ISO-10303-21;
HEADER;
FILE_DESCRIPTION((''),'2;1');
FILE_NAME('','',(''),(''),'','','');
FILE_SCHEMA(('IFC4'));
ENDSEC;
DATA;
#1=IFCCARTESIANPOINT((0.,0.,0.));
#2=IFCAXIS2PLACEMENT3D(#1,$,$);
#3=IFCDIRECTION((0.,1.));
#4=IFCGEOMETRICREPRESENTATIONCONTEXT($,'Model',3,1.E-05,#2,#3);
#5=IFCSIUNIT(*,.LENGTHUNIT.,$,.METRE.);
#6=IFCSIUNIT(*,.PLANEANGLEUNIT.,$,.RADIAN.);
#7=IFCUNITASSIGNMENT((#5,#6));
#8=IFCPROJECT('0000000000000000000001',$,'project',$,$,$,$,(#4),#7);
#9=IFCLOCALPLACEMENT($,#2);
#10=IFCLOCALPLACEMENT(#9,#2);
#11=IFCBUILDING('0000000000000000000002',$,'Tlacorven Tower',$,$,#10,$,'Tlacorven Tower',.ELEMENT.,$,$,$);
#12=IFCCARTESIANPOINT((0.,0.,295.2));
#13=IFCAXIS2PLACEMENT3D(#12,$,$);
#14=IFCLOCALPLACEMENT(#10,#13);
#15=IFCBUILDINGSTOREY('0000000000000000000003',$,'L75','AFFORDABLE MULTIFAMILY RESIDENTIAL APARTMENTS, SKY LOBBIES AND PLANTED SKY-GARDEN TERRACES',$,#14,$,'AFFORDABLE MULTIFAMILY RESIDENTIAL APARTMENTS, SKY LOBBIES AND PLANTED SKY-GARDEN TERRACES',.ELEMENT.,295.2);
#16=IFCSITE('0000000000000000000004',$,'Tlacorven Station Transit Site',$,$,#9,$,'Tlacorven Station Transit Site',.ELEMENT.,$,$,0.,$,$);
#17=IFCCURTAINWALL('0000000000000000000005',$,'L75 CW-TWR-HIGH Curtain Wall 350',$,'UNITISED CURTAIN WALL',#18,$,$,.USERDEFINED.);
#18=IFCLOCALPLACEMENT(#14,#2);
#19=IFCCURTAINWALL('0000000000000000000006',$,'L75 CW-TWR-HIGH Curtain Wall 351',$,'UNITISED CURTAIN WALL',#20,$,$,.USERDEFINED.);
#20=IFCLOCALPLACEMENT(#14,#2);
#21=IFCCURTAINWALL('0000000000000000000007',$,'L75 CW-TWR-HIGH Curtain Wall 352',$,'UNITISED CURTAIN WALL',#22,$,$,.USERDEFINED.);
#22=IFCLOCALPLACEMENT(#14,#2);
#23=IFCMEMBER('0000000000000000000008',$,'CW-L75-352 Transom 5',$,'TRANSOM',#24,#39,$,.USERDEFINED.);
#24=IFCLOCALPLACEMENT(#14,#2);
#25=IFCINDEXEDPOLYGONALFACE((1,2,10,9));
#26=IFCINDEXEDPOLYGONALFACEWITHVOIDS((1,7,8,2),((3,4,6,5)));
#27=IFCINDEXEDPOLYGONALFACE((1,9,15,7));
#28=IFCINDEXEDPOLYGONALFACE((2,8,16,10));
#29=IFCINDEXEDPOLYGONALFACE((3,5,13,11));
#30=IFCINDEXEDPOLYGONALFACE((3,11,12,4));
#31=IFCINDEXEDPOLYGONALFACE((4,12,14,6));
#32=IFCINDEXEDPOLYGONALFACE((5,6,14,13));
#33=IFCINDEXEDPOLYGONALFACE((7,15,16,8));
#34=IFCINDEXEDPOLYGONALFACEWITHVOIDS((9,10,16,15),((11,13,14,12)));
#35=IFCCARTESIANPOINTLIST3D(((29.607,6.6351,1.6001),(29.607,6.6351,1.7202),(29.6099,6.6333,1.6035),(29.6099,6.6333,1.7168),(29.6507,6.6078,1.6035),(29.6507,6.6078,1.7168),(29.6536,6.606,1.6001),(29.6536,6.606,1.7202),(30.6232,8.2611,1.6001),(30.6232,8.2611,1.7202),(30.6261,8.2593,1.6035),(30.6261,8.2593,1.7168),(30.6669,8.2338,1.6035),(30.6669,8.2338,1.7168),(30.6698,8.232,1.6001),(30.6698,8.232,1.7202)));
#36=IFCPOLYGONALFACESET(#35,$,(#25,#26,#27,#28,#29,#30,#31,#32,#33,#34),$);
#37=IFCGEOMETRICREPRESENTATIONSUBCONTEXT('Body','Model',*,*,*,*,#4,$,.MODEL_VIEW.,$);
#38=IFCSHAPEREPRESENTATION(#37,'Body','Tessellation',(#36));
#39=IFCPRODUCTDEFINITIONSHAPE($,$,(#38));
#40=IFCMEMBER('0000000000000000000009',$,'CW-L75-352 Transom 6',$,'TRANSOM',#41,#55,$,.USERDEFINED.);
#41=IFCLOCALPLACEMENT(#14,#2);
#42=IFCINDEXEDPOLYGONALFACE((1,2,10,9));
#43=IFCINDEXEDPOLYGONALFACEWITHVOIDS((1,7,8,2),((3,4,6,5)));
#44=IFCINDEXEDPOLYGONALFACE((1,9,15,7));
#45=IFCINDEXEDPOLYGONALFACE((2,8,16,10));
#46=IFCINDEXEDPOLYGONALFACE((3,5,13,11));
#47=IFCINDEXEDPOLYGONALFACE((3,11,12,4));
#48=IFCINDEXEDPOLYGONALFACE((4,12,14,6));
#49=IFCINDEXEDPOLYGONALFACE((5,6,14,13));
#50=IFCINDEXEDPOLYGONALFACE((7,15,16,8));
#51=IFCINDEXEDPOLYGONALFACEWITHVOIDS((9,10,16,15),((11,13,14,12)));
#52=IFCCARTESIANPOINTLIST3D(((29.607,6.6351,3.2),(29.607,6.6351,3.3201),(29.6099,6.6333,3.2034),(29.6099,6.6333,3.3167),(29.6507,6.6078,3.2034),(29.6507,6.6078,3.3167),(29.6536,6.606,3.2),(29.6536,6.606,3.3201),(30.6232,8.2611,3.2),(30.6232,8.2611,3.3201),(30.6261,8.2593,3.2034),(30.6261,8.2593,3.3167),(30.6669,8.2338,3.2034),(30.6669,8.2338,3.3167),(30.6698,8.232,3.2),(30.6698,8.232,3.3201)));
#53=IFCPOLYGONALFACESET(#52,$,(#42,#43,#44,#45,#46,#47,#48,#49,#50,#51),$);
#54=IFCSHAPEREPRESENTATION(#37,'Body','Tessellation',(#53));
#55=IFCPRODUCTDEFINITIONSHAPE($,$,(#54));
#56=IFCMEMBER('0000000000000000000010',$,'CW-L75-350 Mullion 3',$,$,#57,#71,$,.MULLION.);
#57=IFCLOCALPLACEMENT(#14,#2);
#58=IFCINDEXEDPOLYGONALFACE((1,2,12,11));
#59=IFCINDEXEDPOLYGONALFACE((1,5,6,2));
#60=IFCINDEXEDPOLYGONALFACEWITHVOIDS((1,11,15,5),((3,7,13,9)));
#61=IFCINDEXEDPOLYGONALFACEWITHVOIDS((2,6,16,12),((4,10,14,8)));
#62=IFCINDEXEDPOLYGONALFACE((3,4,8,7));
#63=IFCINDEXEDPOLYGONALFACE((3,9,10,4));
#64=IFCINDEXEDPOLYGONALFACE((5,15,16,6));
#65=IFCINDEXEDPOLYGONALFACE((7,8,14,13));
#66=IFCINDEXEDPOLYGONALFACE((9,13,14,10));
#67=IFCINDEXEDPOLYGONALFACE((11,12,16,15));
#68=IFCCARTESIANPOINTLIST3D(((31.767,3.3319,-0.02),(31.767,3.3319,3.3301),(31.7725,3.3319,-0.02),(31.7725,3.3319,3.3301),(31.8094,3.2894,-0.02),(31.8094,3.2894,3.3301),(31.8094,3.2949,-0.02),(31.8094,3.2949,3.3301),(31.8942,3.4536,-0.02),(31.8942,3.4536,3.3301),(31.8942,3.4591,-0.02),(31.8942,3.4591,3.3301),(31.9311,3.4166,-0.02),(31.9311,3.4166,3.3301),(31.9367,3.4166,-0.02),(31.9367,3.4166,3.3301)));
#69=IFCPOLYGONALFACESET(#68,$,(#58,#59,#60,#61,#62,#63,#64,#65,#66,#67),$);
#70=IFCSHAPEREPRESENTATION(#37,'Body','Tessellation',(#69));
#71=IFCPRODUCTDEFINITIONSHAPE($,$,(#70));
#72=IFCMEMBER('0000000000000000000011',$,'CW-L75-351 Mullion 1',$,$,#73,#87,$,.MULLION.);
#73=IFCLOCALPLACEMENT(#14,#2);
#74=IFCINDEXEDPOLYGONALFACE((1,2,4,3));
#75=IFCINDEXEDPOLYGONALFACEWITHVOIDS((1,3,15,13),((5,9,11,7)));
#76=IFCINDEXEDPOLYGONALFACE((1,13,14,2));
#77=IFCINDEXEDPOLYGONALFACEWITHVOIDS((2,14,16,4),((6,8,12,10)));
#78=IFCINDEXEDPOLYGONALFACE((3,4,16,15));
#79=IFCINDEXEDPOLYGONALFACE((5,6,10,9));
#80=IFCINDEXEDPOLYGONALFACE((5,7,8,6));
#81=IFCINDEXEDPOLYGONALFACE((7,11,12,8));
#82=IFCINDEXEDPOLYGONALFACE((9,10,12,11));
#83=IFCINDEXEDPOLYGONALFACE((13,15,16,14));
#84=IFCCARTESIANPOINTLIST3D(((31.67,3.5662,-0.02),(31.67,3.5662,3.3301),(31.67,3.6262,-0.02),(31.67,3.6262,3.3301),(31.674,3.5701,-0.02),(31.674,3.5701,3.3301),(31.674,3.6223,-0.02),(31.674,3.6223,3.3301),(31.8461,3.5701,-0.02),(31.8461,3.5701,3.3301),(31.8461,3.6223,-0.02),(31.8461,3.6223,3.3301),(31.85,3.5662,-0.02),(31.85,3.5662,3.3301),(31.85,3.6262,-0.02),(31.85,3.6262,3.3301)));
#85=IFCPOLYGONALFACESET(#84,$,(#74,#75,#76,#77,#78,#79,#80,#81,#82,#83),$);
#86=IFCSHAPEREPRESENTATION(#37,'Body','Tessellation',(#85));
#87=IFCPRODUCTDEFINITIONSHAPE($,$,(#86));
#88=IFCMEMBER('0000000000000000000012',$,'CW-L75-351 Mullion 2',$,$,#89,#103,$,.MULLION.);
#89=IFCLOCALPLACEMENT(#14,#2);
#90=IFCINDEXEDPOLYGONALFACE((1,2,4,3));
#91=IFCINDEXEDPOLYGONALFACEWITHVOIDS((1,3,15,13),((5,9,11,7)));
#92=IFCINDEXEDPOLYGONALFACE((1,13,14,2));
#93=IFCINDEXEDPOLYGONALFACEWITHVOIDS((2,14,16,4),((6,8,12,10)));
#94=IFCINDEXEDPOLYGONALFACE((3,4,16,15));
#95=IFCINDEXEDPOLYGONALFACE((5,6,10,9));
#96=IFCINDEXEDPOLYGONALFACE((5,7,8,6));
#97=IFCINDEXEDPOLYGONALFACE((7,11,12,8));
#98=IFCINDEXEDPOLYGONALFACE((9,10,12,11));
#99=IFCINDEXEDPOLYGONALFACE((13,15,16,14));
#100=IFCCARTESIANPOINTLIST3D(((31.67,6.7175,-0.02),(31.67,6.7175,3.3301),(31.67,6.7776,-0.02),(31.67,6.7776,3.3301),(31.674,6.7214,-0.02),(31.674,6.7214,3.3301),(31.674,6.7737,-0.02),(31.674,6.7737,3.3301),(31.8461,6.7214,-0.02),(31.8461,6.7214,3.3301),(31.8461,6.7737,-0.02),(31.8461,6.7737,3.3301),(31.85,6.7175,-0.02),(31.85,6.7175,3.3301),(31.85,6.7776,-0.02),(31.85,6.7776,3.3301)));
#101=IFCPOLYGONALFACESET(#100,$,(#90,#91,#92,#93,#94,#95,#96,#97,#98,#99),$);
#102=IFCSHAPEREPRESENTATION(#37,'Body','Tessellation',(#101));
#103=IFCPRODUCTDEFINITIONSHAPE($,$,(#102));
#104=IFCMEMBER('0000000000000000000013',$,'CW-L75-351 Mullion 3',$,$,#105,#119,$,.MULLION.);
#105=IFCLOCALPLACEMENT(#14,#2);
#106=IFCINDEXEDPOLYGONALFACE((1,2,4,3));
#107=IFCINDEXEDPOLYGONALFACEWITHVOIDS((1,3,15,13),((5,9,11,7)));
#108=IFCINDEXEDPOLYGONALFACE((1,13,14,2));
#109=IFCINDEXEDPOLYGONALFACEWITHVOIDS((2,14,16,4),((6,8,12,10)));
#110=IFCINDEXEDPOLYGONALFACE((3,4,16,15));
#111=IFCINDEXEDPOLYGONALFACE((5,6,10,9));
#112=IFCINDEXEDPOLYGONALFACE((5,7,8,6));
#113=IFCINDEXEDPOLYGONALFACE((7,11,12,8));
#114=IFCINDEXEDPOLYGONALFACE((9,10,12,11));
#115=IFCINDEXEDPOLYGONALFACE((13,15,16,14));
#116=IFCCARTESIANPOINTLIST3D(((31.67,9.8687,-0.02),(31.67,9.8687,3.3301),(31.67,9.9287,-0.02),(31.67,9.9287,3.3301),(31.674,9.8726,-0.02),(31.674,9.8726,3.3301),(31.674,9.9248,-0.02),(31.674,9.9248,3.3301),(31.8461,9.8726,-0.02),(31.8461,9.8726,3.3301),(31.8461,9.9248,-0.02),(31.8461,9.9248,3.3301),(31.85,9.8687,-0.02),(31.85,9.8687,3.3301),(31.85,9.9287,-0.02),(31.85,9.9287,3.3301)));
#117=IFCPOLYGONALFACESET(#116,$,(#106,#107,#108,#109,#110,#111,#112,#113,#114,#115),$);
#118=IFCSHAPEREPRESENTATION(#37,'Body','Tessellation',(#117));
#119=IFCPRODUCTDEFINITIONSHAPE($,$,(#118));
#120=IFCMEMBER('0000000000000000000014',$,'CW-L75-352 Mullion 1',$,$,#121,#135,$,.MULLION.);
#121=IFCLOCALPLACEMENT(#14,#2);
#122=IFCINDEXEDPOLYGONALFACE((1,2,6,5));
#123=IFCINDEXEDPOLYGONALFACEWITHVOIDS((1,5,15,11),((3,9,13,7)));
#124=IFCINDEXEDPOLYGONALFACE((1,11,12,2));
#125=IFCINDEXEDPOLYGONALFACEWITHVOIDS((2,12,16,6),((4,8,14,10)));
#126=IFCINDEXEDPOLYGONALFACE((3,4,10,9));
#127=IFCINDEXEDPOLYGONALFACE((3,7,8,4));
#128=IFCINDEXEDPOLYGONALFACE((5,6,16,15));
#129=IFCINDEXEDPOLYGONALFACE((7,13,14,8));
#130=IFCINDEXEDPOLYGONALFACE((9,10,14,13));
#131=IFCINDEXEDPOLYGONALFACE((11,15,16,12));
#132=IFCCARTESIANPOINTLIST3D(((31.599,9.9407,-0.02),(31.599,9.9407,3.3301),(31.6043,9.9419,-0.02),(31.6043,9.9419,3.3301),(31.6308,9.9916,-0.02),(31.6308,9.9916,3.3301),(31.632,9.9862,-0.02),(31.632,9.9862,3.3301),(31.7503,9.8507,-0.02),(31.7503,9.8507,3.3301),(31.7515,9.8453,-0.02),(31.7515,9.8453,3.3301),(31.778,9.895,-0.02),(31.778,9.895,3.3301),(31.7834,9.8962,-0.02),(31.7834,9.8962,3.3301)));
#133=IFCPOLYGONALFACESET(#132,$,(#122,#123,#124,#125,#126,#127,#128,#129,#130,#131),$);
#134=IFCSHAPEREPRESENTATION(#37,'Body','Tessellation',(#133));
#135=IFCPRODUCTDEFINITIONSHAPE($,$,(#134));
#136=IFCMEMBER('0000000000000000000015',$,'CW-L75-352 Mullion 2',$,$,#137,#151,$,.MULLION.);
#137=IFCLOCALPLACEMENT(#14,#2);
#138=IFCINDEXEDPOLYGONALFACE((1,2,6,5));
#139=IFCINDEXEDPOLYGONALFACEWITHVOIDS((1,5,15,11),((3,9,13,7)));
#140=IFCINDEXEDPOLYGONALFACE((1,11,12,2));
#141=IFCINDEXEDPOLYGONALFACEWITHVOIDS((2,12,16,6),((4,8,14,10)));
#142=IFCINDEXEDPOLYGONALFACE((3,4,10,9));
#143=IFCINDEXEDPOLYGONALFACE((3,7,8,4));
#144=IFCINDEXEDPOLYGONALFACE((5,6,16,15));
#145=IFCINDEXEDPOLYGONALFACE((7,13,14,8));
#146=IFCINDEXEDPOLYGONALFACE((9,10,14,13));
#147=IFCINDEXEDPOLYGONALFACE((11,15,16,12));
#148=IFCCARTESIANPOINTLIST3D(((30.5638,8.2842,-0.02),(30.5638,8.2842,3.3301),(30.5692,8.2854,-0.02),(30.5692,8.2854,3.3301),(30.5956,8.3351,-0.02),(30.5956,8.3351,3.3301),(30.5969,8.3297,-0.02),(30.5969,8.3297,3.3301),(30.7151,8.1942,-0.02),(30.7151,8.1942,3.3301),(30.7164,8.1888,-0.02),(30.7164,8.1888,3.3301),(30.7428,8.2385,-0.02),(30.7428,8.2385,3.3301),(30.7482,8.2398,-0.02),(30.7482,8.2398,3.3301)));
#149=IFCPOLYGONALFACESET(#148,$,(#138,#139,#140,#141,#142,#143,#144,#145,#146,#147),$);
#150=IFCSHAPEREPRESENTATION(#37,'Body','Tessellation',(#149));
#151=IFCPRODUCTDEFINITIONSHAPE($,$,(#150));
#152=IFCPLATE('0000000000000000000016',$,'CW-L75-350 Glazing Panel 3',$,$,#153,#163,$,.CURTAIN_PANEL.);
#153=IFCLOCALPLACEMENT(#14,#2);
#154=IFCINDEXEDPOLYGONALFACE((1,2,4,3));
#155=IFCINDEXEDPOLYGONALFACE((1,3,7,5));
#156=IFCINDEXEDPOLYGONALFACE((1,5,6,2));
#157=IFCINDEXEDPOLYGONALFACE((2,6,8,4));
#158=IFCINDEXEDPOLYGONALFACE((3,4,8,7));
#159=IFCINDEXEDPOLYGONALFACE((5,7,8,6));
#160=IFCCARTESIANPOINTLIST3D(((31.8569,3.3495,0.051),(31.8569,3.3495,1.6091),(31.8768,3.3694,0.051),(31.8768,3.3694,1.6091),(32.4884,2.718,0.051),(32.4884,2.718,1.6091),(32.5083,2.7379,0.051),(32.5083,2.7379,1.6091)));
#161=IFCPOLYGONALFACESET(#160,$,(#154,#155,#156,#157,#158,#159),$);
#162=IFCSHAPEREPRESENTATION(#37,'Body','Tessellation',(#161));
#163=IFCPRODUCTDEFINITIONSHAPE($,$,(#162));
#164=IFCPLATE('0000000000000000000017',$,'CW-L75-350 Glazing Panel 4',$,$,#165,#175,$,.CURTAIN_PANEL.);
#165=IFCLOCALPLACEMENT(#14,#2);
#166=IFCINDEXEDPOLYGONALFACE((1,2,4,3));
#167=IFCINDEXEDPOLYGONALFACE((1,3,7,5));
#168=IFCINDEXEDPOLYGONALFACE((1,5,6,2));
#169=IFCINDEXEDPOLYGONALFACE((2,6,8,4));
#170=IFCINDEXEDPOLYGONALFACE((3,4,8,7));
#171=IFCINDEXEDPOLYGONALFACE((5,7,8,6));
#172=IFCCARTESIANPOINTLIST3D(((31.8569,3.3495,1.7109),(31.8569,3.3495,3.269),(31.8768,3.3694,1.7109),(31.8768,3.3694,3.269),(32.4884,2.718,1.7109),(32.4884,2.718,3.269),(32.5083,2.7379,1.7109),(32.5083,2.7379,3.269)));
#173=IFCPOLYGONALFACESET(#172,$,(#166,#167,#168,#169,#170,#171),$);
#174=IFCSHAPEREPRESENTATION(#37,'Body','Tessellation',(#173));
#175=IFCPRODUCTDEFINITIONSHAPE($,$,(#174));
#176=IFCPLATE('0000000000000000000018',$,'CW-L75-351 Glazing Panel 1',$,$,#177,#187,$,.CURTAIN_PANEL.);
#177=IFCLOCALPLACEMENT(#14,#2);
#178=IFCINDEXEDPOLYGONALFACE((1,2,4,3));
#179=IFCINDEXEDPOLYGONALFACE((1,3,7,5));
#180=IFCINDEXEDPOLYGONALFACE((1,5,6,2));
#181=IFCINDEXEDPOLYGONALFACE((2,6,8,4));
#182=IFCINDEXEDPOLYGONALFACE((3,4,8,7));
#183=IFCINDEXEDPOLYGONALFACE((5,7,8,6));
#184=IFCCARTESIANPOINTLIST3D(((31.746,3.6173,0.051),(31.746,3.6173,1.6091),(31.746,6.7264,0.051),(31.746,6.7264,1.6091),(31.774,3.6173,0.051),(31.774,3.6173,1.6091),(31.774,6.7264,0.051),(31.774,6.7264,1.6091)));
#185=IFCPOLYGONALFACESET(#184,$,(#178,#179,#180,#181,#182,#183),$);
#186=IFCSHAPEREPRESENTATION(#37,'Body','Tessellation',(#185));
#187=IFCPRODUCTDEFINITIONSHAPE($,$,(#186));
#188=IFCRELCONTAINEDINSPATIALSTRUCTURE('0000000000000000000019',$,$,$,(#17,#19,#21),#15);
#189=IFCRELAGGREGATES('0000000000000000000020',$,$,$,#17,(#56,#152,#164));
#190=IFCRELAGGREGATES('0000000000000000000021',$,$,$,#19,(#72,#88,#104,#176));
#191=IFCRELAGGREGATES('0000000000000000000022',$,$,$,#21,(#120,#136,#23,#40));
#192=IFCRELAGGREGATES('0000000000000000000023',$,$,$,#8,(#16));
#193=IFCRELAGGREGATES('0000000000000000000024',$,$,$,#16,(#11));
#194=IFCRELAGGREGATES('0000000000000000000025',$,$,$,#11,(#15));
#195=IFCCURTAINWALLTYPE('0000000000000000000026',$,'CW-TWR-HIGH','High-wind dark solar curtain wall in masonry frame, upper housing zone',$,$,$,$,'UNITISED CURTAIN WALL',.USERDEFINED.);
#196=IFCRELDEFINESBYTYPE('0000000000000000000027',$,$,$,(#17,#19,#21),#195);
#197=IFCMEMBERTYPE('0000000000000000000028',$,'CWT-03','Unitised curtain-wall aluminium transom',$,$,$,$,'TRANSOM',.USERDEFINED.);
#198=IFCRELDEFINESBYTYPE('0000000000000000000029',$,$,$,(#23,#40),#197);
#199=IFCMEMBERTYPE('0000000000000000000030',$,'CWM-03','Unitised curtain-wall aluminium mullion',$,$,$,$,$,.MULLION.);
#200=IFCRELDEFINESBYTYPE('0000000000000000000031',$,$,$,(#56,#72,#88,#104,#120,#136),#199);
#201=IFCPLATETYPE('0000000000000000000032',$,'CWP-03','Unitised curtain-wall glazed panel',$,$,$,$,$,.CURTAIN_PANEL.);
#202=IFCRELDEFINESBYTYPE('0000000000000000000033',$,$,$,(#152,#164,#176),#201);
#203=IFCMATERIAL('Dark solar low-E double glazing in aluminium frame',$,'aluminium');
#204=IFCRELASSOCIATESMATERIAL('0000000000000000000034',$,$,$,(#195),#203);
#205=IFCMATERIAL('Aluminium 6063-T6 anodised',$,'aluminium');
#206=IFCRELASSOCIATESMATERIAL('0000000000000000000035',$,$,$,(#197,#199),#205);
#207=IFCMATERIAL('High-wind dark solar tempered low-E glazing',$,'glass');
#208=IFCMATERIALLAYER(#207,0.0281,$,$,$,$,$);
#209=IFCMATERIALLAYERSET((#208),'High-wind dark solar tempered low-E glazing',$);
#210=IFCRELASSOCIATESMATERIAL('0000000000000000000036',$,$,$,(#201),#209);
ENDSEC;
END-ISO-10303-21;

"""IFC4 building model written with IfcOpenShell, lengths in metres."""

from ifc_helpers import new_model, si_unit, direction, frame, origin, origin_2d, place, context, subcontext, project, spatial, rectangle, hollow_rectangle, extrude, source, transform, mapped, material, layer, layer_set, material_profile, profile_set, type_object, element, aggregate, save


model = new_model("IFC4")

# Units and contexts
model_context = context("Model", 3, precision=1e-05, world=origin(), true_north=direction((0.0, 1.0)))
body_context = subcontext(model_context, "Body", "Model", "MODEL_VIEW")
ifc_project = project(units=[si_unit("LENGTHUNIT", "METRE"), si_unit("PLANEANGLEUNIT", "RADIAN")], contexts=[model_context])

# Site, building, storey
site_placement = place(None, origin())
site = spatial("IfcSite", under=ifc_project, at=site_placement, Name="Tlacorven Station Transit Site", LongName="Tlacorven Station Transit Site", CompositionType="ELEMENT", RefElevation=0.0)
building_placement = place(site_placement, origin())
building = spatial("IfcBuilding", under=site, at=building_placement, Name="Tlacorven Tower", LongName="Tlacorven Tower", CompositionType="ELEMENT")
storey_placement = place(building_placement, frame((0.0, 0.0, 295.2)))
storey = spatial("IfcBuildingStorey", under=building, at=storey_placement, Name="L75", Description="AFFORDABLE MULTIFAMILY RESIDENTIAL APARTMENTS, SKY LOBBIES AND PLANTED SKY-GARDEN TERRACES", LongName="AFFORDABLE MULTIFAMILY RESIDENTIAL APARTMENTS, SKY LOBBIES AND PLANTED SKY-GARDEN TERRACES", CompositionType="ELEMENT", Elevation=295.2)

# Curtain wall
ifc_material_1 = material(Name="Dark solar low-E double glazing in aluminium frame", Category="aluminium")
curtain_wall_type = type_object("IfcCurtainWallType", Name="CW-TWR-HIGH", Description="High-wind dark solar curtain wall in masonry frame, upper housing zone", ElementType="UNITISED CURTAIN WALL", PredefinedType="USERDEFINED", material=ifc_material_1)
curtain_wall_1_placement = place(storey_placement, origin())
curtain_wall_1 = element("IfcCurtainWall", 1, at=curtain_wall_1_placement, inside=storey, type_object=curtain_wall_type, Name="L75 CW-TWR-HIGH Curtain Wall 350", ObjectType="UNITISED CURTAIN WALL", PredefinedType="USERDEFINED")
ifc_material_2 = material(Name="Aluminium 6063-T6 anodised", Category="aluminium")
ifc_material_profile_1 = material_profile(ifc_material_2, hollow_rectangle(XDim=0.0549, YDim=0.1201, WallThickness=0.0034, at=origin_2d()), Name="ALU TRANSOM 55X120")
ifc_profile_set_1 = profile_set([ifc_material_profile_1], Name="Aluminium 6063-T6 anodised")
member_type_1 = type_object("IfcMemberType", Name="CWT-03", Description="Unitised curtain-wall aluminium transom", ElementType="TRANSOM", PredefinedType="USERDEFINED", material=ifc_profile_set_1)

# Curtain walls, members
curtain_wall_2_placement = place(storey_placement, origin())
curtain_wall_2 = element("IfcCurtainWall", 2, at=curtain_wall_2_placement, inside=storey, type_object=curtain_wall_type, Name="L75 CW-TWR-HIGH Curtain Wall 351", ObjectType="UNITISED CURTAIN WALL", PredefinedType="USERDEFINED")
curtain_wall_3_placement = place(storey_placement, origin())
curtain_wall_3 = element("IfcCurtainWall", 3, at=curtain_wall_3_placement, inside=storey, type_object=curtain_wall_type, Name="L75 CW-TWR-HIGH Curtain Wall 352", ObjectType="UNITISED CURTAIN WALL", PredefinedType="USERDEFINED")
shared_shape_1 = source(origin(), body_context, "Body", "SweptSolid", [
    extrude(hollow_rectangle(XDim=0.0549, YDim=0.1201, WallThickness=0.0034, at=origin_2d()), origin(), (0.0, 0.0, 1.0), 1.9175),
])
member_1_placement = place(storey_placement, frame((30.6465, 8.2466, 1.6602), z_axis=(-0.529953, -0.848027, 0.0), x_axis=(0.848027, -0.529953, 0.0)))
member_1 = element("IfcMember", 4, at=member_1_placement, type_object=member_type_1, Name="CW-L75-352 Transom 5", ObjectType="TRANSOM", PredefinedType="USERDEFINED", context=body_context, shape_type="MappedRepresentation", body=[
    mapped(shared_shape_1, transform((0.0, 0.0, 0.0), scale=1.0)),
])
member_2_placement = place(storey_placement, frame((30.6465, 8.2466, 3.26), z_axis=(-0.529953, -0.848027, 0.0), x_axis=(0.848027, -0.529953, 0.0)))
member_2 = element("IfcMember", 5, at=member_2_placement, type_object=member_type_1, Name="CW-L75-352 Transom 6", ObjectType="TRANSOM", PredefinedType="USERDEFINED", context=body_context, shape_type="MappedRepresentation", body=[
    mapped(shared_shape_1, transform((0.0, 0.0, 0.0), scale=1.0)),
])

# Members
ifc_material_profile_2 = material_profile(ifc_material_2, hollow_rectangle(XDim=0.0601, YDim=0.1799, WallThickness=0.0039, at=origin_2d()), Name="ALU MULLION 60X180")
ifc_profile_set_2 = profile_set([ifc_material_profile_2], Name="Aluminium 6063-T6 anodised")
member_type_2 = type_object("IfcMemberType", Name="CWM-03", Description="Unitised curtain-wall aluminium mullion", PredefinedType="MULLION", material=ifc_profile_set_2)
shared_shape_2 = source(origin(), body_context, "Body", "SweptSolid", [
    extrude(hollow_rectangle(XDim=0.0601, YDim=0.1799, WallThickness=0.0039, at=origin_2d()), origin(), (0.0, 0.0, 1.0), 3.3501),
])
member_3_placement = place(storey_placement, frame((31.8518, 3.3743, -0.02), z_axis=(0.0, 0.0, 1.0), x_axis=(-0.707107, 0.707107, 0.0)))
member_3 = element("IfcMember", 6, at=member_3_placement, type_object=member_type_2, Name="CW-L75-350 Mullion 3", PredefinedType="MULLION", context=body_context, shape_type="MappedRepresentation", body=[
    mapped(shared_shape_2, transform((0.0, 0.0, 0.0), scale=1.0)),
])
member_4_placement = place(storey_placement, frame((31.76, 3.5962, -0.02), z_axis=(0.0, 0.0, 1.0), x_axis=(0.0, 1.0, 0.0)))
member_4 = element("IfcMember", 7, at=member_4_placement, type_object=member_type_2, Name="CW-L75-351 Mullion 1", PredefinedType="MULLION", context=body_context, shape_type="MappedRepresentation", body=[
    mapped(shared_shape_2, transform((0.0, 0.0, 0.0), scale=1.0)),
])
member_5_placement = place(storey_placement, frame((31.76, 6.7476, -0.02), z_axis=(0.0, 0.0, 1.0), x_axis=(0.0, 1.0, 0.0)))
member_5 = element("IfcMember", 8, at=member_5_placement, type_object=member_type_2, Name="CW-L75-351 Mullion 2", PredefinedType="MULLION", context=body_context, shape_type="MappedRepresentation", body=[
    mapped(shared_shape_2, transform((0.0, 0.0, 0.0), scale=1.0)),
])
member_6_placement = place(storey_placement, frame((31.76, 9.8987, -0.02), z_axis=(0.0, 0.0, 1.0), x_axis=(0.0, 1.0, 0.0)))
member_6 = element("IfcMember", 9, at=member_6_placement, type_object=member_type_2, Name="CW-L75-351 Mullion 3", PredefinedType="MULLION", context=body_context, shape_type="MappedRepresentation", body=[
    mapped(shared_shape_2, transform((0.0, 0.0, 0.0), scale=1.0)),
])
member_7_placement = place(storey_placement, frame((31.6912, 9.9185, -0.02), z_axis=(0.0, 0.0, 1.0), x_axis=(-0.529919, -0.848048, 0.0)))
member_7 = element("IfcMember", 10, at=member_7_placement, type_object=member_type_2, Name="CW-L75-352 Mullion 1", PredefinedType="MULLION", context=body_context, shape_type="MappedRepresentation", body=[
    mapped(shared_shape_2, transform((0.0, 0.0, 0.0), scale=1.0)),
])
member_8_placement = place(storey_placement, frame((30.656, 8.262, -0.02), z_axis=(0.0, 0.0, 1.0), x_axis=(-0.529919, -0.848048, 0.0)))
member_8 = element("IfcMember", 11, at=member_8_placement, type_object=member_type_2, Name="CW-L75-352 Mullion 2", PredefinedType="MULLION", context=body_context, shape_type="MappedRepresentation", body=[
    mapped(shared_shape_2, transform((0.0, 0.0, 0.0), scale=1.0)),
])

# Plates
ifc_material_3 = material(Name="High-wind dark solar tempered low-E glazing", Category="glass")
ifc_layer_1 = layer(ifc_material_3, 0.0281)
ifc_layer_set_1 = layer_set([ifc_layer_1], Name="High-wind dark solar tempered low-E glazing")
plate_type = type_object("IfcPlateType", Name="CWP-03", Description="Unitised curtain-wall glazed panel", PredefinedType="CURTAIN_PANEL", material=ifc_layer_set_1)
shared_shape_3 = source(origin(), body_context, "Body", "SweptSolid", [
    extrude(rectangle(XDim=0.8931, YDim=0.0281, at=origin_2d()), origin(), (0.0, 0.0, 1.0), 1.5581),
])
plate_1_placement = place(storey_placement, frame((32.1826, 3.0437, 0.051), z_axis=(0.0, 0.0, 1.0), x_axis=(-0.707107, 0.707107, 0.0)))
plate_1 = element("IfcPlate", 12, at=plate_1_placement, type_object=plate_type, Name="CW-L75-350 Glazing Panel 3", PredefinedType="CURTAIN_PANEL", context=body_context, shape_type="MappedRepresentation", body=[
    mapped(shared_shape_3, transform((0.0, 0.0, 0.0), scale=1.0)),
])
plate_2_placement = place(storey_placement, frame((32.1826, 3.0437, 1.7109), z_axis=(0.0, 0.0, 1.0), x_axis=(-0.707107, 0.707107, 0.0)))
plate_2 = element("IfcPlate", 13, at=plate_2_placement, type_object=plate_type, Name="CW-L75-350 Glazing Panel 4", PredefinedType="CURTAIN_PANEL", context=body_context, shape_type="MappedRepresentation", body=[
    mapped(shared_shape_3, transform((0.0, 0.0, 0.0), scale=1.0)),
])
aggregate(curtain_wall_1, [member_3, plate_1, plate_2])
shared_shape_4 = source(origin(), body_context, "Body", "SweptSolid", [
    extrude(rectangle(XDim=3.1091, YDim=0.0281, at=origin_2d()), origin(), (0.0, 0.0, 1.0), 1.5581),
])
plate_3_placement = place(storey_placement, frame((31.76, 5.1719, 0.051), z_axis=(0.0, 0.0, 1.0), x_axis=(0.0, 1.0, 0.0)))
plate_3 = element("IfcPlate", 14, at=plate_3_placement, type_object=plate_type, Name="CW-L75-351 Glazing Panel 1", PredefinedType="CURTAIN_PANEL", context=body_context, shape_type="MappedRepresentation", body=[
    mapped(shared_shape_4, transform((0.0, 0.0, 0.0), scale=1.0)),
])
aggregate(curtain_wall_2, [member_4, member_5, member_6, plate_3])
aggregate(curtain_wall_3, [member_7, member_8, member_1, member_2])

save(model, "model.ifc")
